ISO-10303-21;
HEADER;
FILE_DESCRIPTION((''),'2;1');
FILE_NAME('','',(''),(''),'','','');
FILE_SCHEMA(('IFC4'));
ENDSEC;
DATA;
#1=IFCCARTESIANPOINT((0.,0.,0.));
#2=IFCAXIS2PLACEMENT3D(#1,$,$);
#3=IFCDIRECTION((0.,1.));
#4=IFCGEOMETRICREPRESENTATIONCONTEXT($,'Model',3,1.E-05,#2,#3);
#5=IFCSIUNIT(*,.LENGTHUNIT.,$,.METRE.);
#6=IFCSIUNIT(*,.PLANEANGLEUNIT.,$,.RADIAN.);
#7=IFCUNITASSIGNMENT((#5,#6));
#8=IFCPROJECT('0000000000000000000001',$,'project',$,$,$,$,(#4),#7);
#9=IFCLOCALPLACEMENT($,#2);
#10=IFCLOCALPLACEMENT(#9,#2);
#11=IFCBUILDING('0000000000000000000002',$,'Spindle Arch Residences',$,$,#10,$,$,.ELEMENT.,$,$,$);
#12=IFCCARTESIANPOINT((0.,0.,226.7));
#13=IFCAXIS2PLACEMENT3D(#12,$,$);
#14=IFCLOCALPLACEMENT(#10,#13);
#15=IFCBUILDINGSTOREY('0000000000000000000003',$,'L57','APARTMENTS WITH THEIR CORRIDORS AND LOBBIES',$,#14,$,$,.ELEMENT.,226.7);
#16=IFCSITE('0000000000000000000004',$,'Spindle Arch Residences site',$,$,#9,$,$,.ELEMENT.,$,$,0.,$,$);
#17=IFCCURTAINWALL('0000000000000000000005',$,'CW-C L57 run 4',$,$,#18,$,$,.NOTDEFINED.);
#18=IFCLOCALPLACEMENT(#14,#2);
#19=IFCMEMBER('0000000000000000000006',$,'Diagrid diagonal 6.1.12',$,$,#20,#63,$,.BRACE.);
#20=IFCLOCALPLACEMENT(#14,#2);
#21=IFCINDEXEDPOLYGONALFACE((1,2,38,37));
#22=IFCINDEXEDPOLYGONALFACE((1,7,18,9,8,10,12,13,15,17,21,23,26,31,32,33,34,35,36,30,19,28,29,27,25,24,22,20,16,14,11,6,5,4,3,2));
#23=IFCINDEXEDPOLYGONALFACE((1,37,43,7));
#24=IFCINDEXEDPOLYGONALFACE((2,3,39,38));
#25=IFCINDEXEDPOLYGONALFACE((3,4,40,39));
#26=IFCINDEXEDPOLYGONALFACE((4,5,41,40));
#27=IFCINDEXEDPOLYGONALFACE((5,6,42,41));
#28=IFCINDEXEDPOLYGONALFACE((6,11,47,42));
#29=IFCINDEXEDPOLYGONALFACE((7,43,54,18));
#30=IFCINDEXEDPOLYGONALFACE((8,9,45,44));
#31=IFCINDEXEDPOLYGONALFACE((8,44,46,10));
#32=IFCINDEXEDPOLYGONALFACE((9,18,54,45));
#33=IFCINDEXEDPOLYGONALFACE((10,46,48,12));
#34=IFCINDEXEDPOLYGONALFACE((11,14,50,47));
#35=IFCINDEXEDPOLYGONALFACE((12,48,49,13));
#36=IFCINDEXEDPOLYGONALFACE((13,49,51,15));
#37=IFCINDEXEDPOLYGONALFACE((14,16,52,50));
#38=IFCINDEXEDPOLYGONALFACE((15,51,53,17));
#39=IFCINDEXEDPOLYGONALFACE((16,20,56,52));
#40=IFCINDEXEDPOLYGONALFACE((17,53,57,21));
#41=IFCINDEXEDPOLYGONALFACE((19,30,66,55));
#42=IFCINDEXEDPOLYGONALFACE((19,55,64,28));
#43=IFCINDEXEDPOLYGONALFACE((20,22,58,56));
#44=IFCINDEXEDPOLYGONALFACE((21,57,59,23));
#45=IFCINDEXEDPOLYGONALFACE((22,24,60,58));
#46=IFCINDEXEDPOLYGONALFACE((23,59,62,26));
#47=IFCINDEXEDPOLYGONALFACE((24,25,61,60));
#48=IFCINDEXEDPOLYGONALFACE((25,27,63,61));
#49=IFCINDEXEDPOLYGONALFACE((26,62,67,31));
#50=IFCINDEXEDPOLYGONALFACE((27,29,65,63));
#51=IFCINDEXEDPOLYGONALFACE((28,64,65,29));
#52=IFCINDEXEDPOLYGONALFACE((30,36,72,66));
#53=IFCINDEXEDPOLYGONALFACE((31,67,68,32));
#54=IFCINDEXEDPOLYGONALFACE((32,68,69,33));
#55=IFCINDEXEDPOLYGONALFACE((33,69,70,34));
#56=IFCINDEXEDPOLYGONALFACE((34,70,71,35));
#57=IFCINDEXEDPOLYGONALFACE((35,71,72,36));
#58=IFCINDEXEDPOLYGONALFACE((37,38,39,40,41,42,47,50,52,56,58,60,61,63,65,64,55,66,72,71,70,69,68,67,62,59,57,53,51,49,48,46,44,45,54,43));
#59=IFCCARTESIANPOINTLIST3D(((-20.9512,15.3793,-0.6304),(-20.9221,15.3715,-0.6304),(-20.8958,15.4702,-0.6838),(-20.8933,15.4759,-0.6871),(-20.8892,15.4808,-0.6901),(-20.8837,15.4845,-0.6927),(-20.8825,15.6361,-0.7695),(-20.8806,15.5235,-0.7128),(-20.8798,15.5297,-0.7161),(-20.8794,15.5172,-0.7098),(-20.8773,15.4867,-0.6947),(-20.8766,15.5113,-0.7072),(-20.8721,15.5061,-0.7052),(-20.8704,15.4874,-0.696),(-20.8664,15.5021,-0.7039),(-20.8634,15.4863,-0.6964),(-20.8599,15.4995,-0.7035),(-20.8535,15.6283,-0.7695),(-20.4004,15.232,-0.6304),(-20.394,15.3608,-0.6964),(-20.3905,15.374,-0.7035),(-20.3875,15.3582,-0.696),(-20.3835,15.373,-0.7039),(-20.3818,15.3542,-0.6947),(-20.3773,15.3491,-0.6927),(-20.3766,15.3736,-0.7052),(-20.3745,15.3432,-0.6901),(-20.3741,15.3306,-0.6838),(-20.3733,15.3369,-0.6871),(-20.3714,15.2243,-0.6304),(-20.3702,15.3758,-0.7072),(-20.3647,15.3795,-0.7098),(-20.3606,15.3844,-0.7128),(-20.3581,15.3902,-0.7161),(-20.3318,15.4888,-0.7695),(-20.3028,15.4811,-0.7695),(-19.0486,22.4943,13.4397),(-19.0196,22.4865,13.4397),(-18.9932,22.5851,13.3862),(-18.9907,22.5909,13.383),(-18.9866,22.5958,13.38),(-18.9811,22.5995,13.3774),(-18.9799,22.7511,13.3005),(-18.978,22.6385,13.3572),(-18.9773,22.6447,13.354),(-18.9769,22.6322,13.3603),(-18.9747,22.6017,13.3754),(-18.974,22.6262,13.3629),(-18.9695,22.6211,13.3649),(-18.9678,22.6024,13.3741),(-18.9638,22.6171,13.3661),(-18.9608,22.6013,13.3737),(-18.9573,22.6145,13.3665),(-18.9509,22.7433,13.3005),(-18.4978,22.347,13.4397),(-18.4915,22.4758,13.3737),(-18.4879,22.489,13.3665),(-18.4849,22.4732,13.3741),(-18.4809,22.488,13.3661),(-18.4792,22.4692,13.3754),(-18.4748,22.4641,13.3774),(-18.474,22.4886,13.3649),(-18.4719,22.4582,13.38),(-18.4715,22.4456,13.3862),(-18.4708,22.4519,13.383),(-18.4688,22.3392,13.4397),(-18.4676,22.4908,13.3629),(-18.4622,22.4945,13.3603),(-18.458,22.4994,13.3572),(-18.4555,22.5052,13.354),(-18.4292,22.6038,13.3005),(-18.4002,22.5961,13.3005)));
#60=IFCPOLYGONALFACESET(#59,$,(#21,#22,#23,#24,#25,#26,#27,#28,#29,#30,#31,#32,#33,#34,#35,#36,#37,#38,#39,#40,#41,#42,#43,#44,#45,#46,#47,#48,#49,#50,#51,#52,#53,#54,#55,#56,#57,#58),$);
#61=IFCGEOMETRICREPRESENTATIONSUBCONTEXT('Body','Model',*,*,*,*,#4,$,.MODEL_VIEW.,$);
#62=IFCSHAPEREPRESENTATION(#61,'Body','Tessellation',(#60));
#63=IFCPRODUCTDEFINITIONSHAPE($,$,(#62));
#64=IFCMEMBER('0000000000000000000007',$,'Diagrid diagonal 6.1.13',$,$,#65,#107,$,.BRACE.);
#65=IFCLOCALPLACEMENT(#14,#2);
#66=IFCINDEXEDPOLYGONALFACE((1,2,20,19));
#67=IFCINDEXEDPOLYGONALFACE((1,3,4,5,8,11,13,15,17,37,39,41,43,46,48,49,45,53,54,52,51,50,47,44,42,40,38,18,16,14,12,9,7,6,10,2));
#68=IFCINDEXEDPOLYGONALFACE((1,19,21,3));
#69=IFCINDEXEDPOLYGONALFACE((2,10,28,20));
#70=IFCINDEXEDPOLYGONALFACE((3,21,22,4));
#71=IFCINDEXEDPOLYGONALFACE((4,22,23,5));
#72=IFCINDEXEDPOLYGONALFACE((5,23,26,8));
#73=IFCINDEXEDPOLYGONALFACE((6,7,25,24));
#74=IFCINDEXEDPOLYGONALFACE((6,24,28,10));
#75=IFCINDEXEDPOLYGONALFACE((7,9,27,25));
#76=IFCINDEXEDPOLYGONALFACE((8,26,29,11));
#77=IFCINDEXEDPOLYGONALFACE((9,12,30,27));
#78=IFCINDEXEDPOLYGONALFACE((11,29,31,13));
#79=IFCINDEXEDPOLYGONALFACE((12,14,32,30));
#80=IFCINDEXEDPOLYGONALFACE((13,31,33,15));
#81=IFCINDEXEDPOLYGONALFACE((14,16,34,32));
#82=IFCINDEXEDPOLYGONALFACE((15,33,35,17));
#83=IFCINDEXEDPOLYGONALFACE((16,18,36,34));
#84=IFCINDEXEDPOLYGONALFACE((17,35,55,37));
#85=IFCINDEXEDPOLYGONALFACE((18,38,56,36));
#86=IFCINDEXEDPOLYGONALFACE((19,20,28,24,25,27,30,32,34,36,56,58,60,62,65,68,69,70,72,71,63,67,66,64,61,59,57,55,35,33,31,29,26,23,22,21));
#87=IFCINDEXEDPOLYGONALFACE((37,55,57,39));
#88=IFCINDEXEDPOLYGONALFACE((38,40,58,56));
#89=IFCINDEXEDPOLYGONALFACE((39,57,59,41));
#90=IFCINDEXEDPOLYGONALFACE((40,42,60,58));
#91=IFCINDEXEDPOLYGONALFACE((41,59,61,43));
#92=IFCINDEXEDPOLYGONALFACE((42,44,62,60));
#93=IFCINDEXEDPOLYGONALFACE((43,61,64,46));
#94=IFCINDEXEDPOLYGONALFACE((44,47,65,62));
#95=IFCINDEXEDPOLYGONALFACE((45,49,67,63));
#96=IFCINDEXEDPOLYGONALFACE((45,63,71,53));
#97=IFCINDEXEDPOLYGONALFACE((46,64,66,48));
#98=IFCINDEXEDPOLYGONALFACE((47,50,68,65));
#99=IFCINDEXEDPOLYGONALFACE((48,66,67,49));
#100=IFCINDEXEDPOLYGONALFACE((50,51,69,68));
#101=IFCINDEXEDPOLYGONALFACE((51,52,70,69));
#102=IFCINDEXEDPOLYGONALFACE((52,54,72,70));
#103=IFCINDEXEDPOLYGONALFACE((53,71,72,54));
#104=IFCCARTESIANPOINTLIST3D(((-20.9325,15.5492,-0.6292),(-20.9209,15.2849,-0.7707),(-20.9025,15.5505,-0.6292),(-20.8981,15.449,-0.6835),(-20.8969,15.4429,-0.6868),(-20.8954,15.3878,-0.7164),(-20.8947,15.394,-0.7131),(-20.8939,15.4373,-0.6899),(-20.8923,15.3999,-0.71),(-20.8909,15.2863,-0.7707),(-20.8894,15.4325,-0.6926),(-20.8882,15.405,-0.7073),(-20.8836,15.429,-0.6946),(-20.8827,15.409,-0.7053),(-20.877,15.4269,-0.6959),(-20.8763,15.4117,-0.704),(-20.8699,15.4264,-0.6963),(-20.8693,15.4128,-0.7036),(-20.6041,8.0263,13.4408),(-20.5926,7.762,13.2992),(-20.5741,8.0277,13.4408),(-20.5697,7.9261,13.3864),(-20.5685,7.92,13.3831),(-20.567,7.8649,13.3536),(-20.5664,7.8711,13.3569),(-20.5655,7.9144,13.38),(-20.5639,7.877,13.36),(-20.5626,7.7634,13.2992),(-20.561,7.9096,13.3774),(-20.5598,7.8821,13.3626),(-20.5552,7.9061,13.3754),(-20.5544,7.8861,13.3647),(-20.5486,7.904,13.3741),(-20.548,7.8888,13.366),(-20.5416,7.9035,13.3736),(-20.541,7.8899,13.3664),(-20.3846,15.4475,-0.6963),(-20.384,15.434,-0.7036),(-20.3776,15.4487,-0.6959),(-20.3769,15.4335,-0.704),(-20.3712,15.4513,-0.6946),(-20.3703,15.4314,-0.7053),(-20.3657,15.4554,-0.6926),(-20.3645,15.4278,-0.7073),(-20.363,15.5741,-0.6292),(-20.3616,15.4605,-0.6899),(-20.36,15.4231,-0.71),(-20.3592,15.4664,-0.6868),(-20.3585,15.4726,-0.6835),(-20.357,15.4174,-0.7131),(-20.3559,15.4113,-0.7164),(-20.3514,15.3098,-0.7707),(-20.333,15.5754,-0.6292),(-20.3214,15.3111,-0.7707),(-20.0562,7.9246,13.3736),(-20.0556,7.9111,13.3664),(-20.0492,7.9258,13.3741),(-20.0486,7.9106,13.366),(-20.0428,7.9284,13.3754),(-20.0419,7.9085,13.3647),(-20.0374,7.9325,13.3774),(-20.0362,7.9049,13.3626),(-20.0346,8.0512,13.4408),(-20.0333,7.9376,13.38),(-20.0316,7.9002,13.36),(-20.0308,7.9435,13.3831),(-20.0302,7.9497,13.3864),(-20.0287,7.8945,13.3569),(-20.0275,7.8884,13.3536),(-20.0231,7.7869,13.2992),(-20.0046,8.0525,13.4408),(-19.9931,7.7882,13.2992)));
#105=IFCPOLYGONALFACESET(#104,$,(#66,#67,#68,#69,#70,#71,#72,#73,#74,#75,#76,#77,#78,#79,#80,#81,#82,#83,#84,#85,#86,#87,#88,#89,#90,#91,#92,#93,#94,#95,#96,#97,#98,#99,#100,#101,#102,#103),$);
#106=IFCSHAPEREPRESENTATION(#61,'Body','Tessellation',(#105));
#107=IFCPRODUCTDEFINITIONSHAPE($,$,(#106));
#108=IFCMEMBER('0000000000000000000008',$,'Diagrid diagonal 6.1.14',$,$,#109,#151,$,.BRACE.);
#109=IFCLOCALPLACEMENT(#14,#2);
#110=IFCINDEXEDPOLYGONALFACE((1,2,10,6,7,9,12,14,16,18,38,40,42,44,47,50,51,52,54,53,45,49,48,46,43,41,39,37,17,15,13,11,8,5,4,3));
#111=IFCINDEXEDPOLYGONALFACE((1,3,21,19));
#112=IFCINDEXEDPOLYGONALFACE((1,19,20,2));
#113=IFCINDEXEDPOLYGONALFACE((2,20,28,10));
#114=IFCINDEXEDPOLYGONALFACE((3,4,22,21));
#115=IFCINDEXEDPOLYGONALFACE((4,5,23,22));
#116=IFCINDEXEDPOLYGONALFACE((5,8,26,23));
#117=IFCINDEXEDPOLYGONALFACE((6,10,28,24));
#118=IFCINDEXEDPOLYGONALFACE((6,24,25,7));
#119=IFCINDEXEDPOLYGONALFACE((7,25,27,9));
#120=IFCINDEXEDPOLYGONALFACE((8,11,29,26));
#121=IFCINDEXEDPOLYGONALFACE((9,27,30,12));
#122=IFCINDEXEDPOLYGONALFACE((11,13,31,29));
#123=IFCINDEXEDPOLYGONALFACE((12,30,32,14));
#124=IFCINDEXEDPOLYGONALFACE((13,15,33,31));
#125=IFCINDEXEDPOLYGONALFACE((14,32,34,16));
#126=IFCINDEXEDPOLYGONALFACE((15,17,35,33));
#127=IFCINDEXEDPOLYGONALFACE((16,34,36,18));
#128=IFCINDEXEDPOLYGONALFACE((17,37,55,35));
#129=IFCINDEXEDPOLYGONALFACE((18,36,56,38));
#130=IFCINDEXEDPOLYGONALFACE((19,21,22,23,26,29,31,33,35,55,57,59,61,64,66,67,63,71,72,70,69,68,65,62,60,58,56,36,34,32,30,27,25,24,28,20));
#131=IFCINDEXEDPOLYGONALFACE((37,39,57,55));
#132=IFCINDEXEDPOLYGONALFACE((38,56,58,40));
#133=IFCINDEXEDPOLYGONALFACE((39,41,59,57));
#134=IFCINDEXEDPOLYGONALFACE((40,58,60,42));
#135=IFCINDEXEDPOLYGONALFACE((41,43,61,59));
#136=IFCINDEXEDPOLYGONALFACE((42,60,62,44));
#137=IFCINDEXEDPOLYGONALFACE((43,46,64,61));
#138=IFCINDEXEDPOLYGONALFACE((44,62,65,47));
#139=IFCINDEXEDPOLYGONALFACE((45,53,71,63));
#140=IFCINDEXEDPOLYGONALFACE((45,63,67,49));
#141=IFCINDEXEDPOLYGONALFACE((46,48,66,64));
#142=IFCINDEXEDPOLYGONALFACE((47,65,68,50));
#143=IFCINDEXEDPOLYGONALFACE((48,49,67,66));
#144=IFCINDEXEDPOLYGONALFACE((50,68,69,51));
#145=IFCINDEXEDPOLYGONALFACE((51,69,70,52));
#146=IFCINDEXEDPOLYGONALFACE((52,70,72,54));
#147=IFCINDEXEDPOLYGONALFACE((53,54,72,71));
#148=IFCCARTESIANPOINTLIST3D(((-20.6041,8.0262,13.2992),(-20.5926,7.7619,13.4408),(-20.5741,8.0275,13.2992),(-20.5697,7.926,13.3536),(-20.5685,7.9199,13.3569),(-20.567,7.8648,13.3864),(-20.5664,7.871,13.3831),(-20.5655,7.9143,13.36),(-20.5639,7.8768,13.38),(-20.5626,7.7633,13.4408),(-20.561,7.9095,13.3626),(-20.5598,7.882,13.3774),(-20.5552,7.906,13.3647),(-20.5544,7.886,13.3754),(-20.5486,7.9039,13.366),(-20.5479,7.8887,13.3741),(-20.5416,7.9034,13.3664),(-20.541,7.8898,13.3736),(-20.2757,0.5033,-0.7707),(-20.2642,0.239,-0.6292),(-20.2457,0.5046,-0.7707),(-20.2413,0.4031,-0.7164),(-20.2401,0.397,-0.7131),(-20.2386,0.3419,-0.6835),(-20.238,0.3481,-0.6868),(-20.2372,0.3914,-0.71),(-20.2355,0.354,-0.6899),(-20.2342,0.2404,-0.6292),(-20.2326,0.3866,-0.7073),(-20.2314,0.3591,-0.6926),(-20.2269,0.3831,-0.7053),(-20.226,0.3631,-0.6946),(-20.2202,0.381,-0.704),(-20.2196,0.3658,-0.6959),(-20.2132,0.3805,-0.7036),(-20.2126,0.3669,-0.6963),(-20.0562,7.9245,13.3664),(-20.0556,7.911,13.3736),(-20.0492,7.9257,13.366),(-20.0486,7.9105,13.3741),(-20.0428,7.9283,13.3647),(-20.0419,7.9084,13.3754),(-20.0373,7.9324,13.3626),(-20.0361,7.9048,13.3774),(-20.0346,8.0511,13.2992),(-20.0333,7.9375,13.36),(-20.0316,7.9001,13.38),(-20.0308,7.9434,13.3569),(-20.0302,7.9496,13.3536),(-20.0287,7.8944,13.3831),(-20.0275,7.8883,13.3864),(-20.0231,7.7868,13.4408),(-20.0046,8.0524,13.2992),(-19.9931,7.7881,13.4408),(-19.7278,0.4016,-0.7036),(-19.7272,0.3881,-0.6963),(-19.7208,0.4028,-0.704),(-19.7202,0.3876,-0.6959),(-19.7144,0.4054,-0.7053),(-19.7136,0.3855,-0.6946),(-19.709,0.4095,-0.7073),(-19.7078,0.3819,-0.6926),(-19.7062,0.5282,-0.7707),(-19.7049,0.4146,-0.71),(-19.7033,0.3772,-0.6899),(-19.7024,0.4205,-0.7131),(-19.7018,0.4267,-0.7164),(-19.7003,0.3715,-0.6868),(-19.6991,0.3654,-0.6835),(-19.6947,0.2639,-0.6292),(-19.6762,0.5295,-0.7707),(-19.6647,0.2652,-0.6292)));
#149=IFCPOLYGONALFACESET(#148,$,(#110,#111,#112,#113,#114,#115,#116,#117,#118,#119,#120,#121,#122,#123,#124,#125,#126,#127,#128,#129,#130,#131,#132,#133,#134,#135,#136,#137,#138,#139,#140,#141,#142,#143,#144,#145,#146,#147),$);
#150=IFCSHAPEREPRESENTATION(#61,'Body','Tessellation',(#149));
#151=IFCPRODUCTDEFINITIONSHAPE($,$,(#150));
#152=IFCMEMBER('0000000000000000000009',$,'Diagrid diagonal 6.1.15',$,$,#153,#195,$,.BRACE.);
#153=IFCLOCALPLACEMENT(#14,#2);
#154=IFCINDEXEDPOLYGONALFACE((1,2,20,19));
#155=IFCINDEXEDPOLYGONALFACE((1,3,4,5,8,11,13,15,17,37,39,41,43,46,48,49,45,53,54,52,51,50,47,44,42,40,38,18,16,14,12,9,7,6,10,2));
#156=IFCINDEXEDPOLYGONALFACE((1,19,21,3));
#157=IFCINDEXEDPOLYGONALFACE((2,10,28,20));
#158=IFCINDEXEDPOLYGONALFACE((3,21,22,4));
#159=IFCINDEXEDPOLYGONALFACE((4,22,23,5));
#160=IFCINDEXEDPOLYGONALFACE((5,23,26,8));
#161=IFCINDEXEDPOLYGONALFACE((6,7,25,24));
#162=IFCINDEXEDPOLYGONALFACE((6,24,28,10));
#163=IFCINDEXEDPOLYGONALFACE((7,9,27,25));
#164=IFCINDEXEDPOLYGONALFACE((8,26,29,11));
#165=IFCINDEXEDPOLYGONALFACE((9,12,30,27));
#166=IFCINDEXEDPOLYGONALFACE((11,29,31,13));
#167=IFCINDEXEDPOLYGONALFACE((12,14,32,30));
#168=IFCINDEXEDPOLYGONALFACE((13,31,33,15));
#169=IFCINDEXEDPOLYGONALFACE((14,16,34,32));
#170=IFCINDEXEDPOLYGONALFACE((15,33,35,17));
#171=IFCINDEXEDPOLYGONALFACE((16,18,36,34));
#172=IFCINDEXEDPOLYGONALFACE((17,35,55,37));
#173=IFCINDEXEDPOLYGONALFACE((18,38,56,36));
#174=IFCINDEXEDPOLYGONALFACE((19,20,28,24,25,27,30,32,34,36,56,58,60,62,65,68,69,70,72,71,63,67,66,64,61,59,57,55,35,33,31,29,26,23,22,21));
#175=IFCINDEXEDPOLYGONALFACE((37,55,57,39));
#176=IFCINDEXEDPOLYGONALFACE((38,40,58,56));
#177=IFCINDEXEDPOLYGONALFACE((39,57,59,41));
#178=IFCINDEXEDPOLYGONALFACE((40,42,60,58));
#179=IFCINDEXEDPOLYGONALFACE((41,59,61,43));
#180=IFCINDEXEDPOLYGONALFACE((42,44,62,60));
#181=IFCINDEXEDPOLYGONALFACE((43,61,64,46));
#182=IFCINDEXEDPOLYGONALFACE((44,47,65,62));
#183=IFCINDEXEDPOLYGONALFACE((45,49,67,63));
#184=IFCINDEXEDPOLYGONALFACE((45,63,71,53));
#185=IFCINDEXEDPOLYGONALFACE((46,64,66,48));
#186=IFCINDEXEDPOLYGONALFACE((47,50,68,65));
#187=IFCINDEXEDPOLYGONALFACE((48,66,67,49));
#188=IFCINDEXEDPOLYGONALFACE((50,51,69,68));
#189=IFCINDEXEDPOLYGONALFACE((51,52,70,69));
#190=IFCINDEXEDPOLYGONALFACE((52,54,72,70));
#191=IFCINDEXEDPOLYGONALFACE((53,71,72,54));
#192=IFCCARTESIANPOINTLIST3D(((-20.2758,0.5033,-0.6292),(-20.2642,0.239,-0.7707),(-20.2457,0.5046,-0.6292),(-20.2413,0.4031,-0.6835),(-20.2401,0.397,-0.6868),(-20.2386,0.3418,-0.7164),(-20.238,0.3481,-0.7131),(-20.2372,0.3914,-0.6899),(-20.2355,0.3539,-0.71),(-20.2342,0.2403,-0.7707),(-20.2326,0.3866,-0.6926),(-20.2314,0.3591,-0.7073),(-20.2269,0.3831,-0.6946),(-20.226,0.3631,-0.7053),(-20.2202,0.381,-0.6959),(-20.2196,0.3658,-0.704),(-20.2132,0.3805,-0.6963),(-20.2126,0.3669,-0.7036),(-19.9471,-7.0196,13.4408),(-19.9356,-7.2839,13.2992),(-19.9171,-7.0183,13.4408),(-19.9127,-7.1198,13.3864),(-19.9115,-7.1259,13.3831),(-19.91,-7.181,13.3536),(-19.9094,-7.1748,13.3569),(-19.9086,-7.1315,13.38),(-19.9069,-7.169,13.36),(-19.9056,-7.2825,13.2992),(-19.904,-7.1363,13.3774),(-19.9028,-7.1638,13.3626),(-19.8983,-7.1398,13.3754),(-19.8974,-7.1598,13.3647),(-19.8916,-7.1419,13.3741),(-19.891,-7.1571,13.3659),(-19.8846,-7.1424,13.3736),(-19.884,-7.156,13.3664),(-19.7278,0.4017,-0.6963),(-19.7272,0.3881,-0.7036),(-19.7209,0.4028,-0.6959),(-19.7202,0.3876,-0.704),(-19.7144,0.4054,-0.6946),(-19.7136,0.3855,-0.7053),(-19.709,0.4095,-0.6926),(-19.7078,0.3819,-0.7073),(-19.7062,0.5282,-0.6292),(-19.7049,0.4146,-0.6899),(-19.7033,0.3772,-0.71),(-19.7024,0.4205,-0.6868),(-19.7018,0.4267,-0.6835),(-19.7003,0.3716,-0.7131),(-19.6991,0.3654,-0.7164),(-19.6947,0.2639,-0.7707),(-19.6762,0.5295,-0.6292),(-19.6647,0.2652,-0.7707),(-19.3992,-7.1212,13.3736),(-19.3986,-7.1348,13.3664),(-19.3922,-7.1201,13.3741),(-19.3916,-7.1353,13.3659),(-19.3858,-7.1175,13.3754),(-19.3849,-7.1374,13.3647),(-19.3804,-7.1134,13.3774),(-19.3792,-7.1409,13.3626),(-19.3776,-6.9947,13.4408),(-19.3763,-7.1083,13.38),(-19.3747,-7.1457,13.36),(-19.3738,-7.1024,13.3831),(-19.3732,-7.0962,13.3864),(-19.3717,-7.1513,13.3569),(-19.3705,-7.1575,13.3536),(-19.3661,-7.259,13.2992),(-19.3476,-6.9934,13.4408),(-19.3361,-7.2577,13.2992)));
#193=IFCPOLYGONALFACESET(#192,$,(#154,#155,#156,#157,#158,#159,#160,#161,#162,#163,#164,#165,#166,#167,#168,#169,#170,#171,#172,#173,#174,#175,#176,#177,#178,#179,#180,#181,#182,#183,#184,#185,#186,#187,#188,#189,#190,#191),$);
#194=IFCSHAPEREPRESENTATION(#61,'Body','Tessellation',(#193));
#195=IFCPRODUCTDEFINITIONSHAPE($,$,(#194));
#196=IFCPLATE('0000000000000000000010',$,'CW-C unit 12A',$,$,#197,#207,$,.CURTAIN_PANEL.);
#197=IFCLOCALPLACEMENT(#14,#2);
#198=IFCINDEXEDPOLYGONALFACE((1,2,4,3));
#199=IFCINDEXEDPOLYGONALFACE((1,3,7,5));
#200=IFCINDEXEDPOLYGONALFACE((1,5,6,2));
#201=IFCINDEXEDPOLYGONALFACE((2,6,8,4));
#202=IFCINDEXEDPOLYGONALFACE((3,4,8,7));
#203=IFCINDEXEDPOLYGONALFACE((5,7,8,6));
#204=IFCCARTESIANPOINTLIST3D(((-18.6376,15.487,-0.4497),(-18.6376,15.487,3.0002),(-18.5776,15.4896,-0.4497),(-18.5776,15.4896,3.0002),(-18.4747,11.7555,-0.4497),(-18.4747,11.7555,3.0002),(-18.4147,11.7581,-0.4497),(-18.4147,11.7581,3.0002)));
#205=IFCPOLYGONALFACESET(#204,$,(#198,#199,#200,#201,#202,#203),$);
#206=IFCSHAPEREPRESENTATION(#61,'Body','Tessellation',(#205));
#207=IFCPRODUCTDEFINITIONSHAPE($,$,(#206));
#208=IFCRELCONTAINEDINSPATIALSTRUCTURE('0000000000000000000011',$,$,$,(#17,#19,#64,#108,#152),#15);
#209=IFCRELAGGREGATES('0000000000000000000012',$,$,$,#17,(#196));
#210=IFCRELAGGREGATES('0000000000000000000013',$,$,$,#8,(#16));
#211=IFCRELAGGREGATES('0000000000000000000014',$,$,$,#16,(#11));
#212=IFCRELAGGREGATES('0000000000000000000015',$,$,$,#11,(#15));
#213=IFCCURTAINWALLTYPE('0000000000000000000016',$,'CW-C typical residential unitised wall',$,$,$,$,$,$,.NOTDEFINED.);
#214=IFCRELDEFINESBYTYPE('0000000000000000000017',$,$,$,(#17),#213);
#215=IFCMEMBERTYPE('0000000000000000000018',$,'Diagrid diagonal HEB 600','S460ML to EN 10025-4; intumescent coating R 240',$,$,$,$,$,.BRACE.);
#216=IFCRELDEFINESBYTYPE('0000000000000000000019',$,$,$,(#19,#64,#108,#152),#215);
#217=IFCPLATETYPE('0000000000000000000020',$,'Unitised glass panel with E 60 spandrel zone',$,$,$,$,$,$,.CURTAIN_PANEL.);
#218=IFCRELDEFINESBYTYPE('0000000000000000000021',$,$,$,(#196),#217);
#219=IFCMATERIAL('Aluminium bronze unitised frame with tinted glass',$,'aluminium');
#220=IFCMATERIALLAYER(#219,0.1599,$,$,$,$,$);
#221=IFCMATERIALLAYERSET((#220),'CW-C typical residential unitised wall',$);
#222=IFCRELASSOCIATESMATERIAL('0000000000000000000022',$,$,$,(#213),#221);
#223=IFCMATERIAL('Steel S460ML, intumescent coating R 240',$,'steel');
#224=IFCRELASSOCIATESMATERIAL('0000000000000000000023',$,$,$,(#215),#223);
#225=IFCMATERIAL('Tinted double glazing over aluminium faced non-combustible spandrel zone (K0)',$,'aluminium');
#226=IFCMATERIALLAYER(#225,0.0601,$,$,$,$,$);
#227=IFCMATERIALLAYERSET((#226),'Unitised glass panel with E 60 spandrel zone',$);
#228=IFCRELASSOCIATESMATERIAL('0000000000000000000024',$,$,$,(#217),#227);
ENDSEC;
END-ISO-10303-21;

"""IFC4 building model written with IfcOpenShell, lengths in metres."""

from ifc_helpers import new_model, si_unit, direction, frame, origin, origin_2d, place, context, subcontext, project, spatial, rectangle, i_section, extrude, material, layer, layer_set, material_profile, profile_set, type_object, element, aggregate, save


model = new_model("IFC4")

# Units and contexts
model_context = context("Model", 3, precision=1e-05, world=origin(), true_north=direction((0.0, 1.0)))
body_context = subcontext(model_context, "Body", "Model", "MODEL_VIEW")
ifc_project = project(units=[si_unit("LENGTHUNIT", "METRE"), si_unit("PLANEANGLEUNIT", "RADIAN")], contexts=[model_context])

# Site, building, storey
site_placement = place(None, origin())
site = spatial("IfcSite", under=ifc_project, at=site_placement, Name="Spindle Arch Residences site", CompositionType="ELEMENT", RefElevation=0.0)
building_placement = place(site_placement, origin())
building = spatial("IfcBuilding", under=site, at=building_placement, Name="Spindle Arch Residences", CompositionType="ELEMENT")
storey_placement = place(building_placement, frame((0.0, 0.0, 226.7)))
storey = spatial("IfcBuildingStorey", under=building, at=storey_placement, Name="L57", Description="APARTMENTS WITH THEIR CORRIDORS AND LOBBIES", CompositionType="ELEMENT", Elevation=226.7)

# Curtain wall
ifc_material_1 = material(Name="Aluminium bronze unitised frame with tinted glass", Category="aluminium")
ifc_layer_1 = layer(ifc_material_1, 0.1599)
ifc_layer_set_1 = layer_set([ifc_layer_1], Name="CW-C typical residential unitised wall")
curtain_wall_type = type_object("IfcCurtainWallType", Name="CW-C typical residential unitised wall", PredefinedType="NOTDEFINED", material=ifc_layer_set_1)
curtain_wall_placement = place(storey_placement, origin())
curtain_wall = element("IfcCurtainWall", 1, at=curtain_wall_placement, inside=storey, type_object=curtain_wall_type, Name="CW-C L57 run 4", PredefinedType="NOTDEFINED")

# Members
ifc_material_2 = material(Name="Steel S460ML, intumescent coating R 240", Category="steel")
ifc_material_profile_1 = material_profile(ifc_material_2, i_section(OverallWidth=0.3, OverallDepth=0.6001, WebThickness=0.0154, FlangeThickness=0.03, FilletRadius=0.0271, at=origin_2d()), Name="HEB 600")
ifc_profile_set_1 = profile_set([ifc_material_profile_1], Name="Steel S460ML, intumescent coating R 240")
member_type_1 = type_object("IfcMemberType", Name="Diagrid diagonal HEB 600", Description="S460ML to EN 10025-4; intumescent coating R 240", PredefinedType="BRACE", material=ifc_profile_set_1)
member_1_placement = place(storey_placement, frame((-20.627, 15.4302, -0.7), z_axis=(0.119802, 0.448016, 0.885962), x_axis=(-0.22887, -0.85589, 0.463757)))
element("IfcMember", 2, at=member_1_placement, inside=storey, type_object=member_type_1, Name="Diagrid diagonal 6.1.12", PredefinedType="BRACE", context=body_context, shape_type="SweptSolid", body=[
    extrude(i_section(OverallWidth=0.3, OverallDepth=0.6001, WebThickness=0.0154, FlangeThickness=0.03, FilletRadius=0.0271, at=origin_2d()), origin(), (0.0, 0.0, 1.0), 15.8811),
])
for number, where, z_axis, x_axis, name in (
    (3, (-20.627, 15.4302, -0.7), (0.020577, -0.471411, 0.881674), (-0.038448, 0.880835, 0.47186), "Diagrid diagonal 6.1.13"),
    (4, (-19.9702, 0.3843, -0.7), (-0.020577, 0.471411, 0.881674), (0.038448, -0.880835, 0.47186), "Diagrid diagonal 6.1.14"),
    (5, (-19.9702, 0.3843, -0.7), (0.020592, -0.471411, 0.881673), (-0.038476, 0.880833, 0.47186), "Diagrid diagonal 6.1.15"),
):
    element("IfcMember", number, at=place(storey_placement, frame(where, z_axis=z_axis, x_axis=x_axis)), inside=storey, type_object=member_type_1, Name=name, PredefinedType="BRACE", context=body_context, shape_type="SweptSolid", body=[
        extrude(i_section(OverallWidth=0.3, OverallDepth=0.6001, WebThickness=0.0154, FlangeThickness=0.03, FilletRadius=0.0271, at=origin_2d()), origin(), (0.0, 0.0, 1.0), 15.9583),
    ])

# Plate
ifc_material_3 = material(Name="Tinted double glazing over aluminium faced non-combustible spandrel zone (K0)", Category="aluminium")
ifc_layer_2 = layer(ifc_material_3, 0.0601)
ifc_layer_set_2 = layer_set([ifc_layer_2], Name="Unitised glass panel with E 60 spandrel zone")
plate_type = type_object("IfcPlateType", Name="Unitised glass panel with E 60 spandrel zone", PredefinedType="CURTAIN_PANEL", material=ifc_layer_set_2)
plate_1_placement = place(storey_placement, frame((-18.5261, 13.6226, -0.4497), z_axis=(0.0, 0.0, 1.0), x_axis=(0.043619, -0.999048, 0.0)))
plate_1 = element("IfcPlate", 6, at=plate_1_placement, type_object=plate_type, Name="CW-C unit 12A", PredefinedType="CURTAIN_PANEL", context=body_context, shape_type="SweptSolid", body=[
    extrude(rectangle(XDim=3.7351, YDim=0.0601, at=origin_2d()), origin(), (0.0, 0.0, 1.0), 3.45),
])
aggregate(curtain_wall, [plate_1])

save(model, "model.ifc")
